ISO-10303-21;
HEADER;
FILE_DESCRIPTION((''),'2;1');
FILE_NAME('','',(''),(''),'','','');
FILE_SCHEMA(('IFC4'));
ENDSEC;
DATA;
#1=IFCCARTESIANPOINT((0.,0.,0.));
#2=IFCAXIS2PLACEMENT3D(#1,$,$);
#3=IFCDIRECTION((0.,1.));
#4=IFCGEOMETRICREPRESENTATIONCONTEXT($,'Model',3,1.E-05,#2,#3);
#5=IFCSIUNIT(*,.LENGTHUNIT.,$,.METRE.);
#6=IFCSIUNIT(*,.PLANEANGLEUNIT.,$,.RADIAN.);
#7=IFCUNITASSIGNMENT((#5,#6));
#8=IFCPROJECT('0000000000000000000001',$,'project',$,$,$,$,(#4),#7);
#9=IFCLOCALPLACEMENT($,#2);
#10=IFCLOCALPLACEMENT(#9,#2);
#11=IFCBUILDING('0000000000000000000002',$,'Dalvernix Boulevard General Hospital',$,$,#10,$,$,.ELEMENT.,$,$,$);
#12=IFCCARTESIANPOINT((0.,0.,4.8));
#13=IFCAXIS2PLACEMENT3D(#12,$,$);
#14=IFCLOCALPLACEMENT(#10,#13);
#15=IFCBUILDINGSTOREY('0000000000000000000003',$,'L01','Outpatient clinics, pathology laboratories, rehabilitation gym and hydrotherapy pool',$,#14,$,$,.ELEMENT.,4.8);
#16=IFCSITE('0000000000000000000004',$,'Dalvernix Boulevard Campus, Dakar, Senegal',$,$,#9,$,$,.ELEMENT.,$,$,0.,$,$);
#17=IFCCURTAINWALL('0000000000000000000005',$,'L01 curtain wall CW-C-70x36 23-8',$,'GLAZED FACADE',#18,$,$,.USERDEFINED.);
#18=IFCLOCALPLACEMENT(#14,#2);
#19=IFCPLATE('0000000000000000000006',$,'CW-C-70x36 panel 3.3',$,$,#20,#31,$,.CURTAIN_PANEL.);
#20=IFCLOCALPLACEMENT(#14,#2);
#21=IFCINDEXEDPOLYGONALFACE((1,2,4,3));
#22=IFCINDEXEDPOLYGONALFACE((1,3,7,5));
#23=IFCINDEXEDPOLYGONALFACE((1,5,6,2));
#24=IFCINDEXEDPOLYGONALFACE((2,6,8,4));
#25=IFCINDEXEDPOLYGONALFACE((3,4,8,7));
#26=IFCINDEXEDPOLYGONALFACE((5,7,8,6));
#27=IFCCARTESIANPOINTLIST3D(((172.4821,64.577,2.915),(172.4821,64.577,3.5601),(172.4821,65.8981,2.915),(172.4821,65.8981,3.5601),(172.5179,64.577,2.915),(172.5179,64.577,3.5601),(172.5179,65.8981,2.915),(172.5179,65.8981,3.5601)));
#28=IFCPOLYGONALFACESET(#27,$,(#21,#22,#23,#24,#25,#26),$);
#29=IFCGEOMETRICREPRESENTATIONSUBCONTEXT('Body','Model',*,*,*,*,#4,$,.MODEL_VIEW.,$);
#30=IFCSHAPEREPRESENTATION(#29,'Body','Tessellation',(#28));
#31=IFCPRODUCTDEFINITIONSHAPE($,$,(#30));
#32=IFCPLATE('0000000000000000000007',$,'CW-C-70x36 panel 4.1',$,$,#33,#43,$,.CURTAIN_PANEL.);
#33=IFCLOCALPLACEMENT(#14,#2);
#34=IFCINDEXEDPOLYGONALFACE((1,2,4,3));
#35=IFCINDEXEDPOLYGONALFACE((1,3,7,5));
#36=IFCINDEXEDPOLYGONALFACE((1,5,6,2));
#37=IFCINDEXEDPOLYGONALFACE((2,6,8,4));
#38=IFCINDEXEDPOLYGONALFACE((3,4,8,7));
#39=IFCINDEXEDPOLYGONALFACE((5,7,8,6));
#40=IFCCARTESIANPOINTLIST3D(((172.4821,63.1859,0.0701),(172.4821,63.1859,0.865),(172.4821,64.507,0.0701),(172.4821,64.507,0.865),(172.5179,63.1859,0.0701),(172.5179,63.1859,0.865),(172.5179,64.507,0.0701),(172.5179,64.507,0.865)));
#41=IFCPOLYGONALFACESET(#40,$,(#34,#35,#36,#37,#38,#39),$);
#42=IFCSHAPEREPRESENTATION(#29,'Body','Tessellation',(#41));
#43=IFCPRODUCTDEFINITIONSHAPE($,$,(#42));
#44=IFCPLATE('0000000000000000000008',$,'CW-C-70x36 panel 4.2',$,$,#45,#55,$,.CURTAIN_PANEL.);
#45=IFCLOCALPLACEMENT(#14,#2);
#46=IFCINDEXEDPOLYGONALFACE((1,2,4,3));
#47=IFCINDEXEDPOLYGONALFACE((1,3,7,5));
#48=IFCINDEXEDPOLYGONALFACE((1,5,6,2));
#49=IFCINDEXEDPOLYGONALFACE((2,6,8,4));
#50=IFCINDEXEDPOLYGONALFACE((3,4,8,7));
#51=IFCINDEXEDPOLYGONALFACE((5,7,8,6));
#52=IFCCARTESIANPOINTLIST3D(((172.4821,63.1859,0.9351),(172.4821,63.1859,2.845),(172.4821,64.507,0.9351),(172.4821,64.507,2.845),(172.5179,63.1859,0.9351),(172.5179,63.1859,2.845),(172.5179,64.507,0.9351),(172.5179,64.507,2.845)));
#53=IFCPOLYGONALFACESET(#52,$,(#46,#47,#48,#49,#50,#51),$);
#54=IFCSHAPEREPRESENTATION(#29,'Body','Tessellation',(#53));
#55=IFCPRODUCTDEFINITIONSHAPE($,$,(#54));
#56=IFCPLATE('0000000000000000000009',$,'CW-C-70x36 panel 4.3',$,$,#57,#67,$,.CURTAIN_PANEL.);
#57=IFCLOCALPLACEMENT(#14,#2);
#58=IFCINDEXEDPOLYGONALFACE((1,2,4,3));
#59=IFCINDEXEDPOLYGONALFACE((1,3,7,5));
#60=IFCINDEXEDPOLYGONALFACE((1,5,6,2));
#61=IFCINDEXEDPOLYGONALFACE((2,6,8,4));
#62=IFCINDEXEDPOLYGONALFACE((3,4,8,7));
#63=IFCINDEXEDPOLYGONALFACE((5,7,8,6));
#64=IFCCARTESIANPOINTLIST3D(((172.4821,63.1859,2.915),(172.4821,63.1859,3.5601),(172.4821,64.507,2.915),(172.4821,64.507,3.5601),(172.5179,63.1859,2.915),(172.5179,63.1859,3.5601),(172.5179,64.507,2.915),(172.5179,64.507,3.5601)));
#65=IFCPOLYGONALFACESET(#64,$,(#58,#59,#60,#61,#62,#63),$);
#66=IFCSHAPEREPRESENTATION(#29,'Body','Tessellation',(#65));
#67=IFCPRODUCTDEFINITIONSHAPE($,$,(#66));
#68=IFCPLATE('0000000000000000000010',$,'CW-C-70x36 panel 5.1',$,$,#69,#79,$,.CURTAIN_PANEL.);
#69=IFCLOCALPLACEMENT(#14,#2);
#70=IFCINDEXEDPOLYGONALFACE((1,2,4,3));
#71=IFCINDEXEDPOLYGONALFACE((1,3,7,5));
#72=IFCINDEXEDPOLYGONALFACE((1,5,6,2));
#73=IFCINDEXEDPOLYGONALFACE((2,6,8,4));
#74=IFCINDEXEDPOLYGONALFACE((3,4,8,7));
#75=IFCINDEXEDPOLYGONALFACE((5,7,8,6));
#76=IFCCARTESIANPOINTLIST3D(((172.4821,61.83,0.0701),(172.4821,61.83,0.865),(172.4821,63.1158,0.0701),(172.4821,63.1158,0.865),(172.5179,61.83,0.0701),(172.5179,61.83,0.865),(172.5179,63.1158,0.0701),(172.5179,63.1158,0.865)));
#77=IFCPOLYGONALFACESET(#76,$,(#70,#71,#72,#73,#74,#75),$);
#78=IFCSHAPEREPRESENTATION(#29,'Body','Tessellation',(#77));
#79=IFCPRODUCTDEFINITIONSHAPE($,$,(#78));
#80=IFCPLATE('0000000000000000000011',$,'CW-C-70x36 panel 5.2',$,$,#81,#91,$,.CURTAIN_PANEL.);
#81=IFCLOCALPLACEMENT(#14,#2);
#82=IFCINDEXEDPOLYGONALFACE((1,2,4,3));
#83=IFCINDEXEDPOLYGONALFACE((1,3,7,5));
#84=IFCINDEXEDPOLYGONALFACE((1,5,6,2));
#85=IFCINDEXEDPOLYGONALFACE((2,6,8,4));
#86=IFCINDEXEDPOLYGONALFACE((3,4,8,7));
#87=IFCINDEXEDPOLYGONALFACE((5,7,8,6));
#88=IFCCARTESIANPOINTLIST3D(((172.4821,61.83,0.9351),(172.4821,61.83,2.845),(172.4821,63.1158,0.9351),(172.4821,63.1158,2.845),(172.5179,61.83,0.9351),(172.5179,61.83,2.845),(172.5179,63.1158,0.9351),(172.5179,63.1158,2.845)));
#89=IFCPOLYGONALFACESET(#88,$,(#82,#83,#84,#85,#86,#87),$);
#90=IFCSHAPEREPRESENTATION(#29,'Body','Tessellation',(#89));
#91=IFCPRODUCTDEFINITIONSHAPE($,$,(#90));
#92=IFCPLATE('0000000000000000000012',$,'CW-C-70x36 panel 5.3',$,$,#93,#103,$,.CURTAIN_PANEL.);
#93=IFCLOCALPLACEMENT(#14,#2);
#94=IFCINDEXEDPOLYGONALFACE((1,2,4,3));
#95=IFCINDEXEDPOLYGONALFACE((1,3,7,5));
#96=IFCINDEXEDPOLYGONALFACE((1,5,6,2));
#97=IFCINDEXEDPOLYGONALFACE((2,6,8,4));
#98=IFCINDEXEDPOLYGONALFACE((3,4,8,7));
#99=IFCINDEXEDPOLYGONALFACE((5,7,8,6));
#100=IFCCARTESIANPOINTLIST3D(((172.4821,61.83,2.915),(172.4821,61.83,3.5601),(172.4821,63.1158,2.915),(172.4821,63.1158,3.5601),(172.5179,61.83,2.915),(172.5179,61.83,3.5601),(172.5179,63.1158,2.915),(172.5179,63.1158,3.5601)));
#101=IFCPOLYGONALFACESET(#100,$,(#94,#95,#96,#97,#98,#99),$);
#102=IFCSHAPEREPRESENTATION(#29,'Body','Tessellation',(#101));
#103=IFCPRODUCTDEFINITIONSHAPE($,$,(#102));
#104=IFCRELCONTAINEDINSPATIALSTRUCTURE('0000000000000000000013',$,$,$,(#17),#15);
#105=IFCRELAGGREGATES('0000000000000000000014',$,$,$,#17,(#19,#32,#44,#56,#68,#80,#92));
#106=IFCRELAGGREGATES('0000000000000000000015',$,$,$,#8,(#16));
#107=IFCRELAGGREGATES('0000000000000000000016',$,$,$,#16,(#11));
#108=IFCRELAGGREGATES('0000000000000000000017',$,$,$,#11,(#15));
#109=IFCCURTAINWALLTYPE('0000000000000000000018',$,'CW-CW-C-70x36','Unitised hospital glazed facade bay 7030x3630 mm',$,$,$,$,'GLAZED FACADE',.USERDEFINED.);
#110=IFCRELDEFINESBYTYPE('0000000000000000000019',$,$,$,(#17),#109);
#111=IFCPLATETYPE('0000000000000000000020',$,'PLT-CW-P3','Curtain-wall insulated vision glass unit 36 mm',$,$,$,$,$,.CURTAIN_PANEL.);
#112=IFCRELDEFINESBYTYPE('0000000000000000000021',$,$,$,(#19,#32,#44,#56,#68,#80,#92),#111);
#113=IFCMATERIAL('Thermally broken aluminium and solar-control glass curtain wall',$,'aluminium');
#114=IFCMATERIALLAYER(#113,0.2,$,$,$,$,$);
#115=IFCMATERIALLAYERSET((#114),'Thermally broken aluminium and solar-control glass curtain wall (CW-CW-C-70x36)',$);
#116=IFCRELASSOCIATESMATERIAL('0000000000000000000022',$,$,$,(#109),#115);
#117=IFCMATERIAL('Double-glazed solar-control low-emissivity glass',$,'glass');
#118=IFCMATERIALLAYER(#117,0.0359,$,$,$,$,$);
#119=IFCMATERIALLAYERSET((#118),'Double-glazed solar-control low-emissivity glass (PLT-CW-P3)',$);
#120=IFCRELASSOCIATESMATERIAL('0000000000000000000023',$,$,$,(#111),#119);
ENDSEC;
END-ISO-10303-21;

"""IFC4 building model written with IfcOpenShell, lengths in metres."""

from ifc_helpers import new_model, si_unit, direction, frame, origin, origin_2d, place, context, subcontext, project, spatial, rectangle, extrude, material, layer, layer_set, type_object, element, aggregate, save


model = new_model("IFC4")

# Units and contexts
model_context = context("Model", 3, precision=1e-05, world=origin(), true_north=direction((0.0, 1.0)))
body_context = subcontext(model_context, "Body", "Model", "MODEL_VIEW")
ifc_project = project(units=[si_unit("LENGTHUNIT", "METRE"), si_unit("PLANEANGLEUNIT", "RADIAN")], contexts=[model_context])

# Site, building, storey
site_placement = place(None, origin())
site = spatial("IfcSite", under=ifc_project, at=site_placement, Name="Dalvernix Boulevard Campus, Dakar, Senegal", CompositionType="ELEMENT", RefElevation=0.0)
building_placement = place(site_placement, origin())
building = spatial("IfcBuilding", under=site, at=building_placement, Name="Dalvernix Boulevard General Hospital", CompositionType="ELEMENT")
storey_placement = place(building_placement, frame((0.0, 0.0, 4.8)))
storey = spatial("IfcBuildingStorey", under=building, at=storey_placement, Name="L01", Description="Outpatient clinics, pathology laboratories, rehabilitation gym and hydrotherapy pool", CompositionType="ELEMENT", Elevation=4.8)

# Curtain wall, plates
ifc_material_1 = material(Name="Thermally broken aluminium and solar-control glass curtain wall", Category="aluminium")
ifc_layer_1 = layer(ifc_material_1, 0.2)
ifc_layer_set_1 = layer_set([ifc_layer_1], Name="Thermally broken aluminium and solar-control glass curtain wall (CW-CW-C-70x36)")
curtain_wall_type = type_object("IfcCurtainWallType", Name="CW-CW-C-70x36", Description="Unitised hospital glazed facade bay 7030x3630 mm", ElementType="GLAZED FACADE", PredefinedType="USERDEFINED", material=ifc_layer_set_1)
curtain_wall_placement = place(storey_placement, origin())
curtain_wall = element("IfcCurtainWall", 1, at=curtain_wall_placement, inside=storey, type_object=curtain_wall_type, Name="L01 curtain wall CW-C-70x36 23-8", ObjectType="GLAZED FACADE", PredefinedType="USERDEFINED")
ifc_material_2 = material(Name="Double-glazed solar-control low-emissivity glass", Category="glass")
ifc_layer_2 = layer(ifc_material_2, 0.0359)
ifc_layer_set_2 = layer_set([ifc_layer_2], Name="Double-glazed solar-control low-emissivity glass (PLT-CW-P3)")
plate_type = type_object("IfcPlateType", Name="PLT-CW-P3", Description="Curtain-wall insulated vision glass unit 36 mm", PredefinedType="CURTAIN_PANEL", material=ifc_layer_set_2)
plate_1_placement = place(storey_placement, frame((172.5, 65.2375, 2.915), z_axis=(0.0, 0.0, 1.0), x_axis=(0.0, -1.0, 0.0)))
plate_1 = element("IfcPlate", 2, at=plate_1_placement, type_object=plate_type, Name="CW-C-70x36 panel 3.3", PredefinedType="CURTAIN_PANEL", context=body_context, shape_type="SweptSolid", body=[
    extrude(rectangle(XDim=1.321, YDim=0.0359, at=origin_2d()), origin(), (0.0, 0.0, 1.0), 0.645),
])
plate_2_placement = place(storey_placement, frame((172.5, 63.8464, 0.0701), z_axis=(0.0, 0.0, 1.0), x_axis=(0.0, -1.0, 0.0)))
plate_2 = element("IfcPlate", 3, at=plate_2_placement, type_object=plate_type, Name="CW-C-70x36 panel 4.1", PredefinedType="CURTAIN_PANEL", context=body_context, shape_type="SweptSolid", body=[
    extrude(rectangle(XDim=1.321, YDim=0.0359, at=origin_2d()), origin(), (0.0, 0.0, 1.0), 0.7949),
])
plate_3_placement = place(storey_placement, frame((172.5, 63.8464, 0.9351), z_axis=(0.0, 0.0, 1.0), x_axis=(0.0, -1.0, 0.0)))
plate_3 = element("IfcPlate", 4, at=plate_3_placement, type_object=plate_type, Name="CW-C-70x36 panel 4.2", PredefinedType="CURTAIN_PANEL", context=body_context, shape_type="SweptSolid", body=[
    extrude(rectangle(XDim=1.321, YDim=0.0359, at=origin_2d()), origin(), (0.0, 0.0, 1.0), 1.9099),
])
plate_4_placement = place(storey_placement, frame((172.5, 63.8464, 2.915), z_axis=(0.0, 0.0, 1.0), x_axis=(0.0, -1.0, 0.0)))
plate_4 = element("IfcPlate", 5, at=plate_4_placement, type_object=plate_type, Name="CW-C-70x36 panel 4.3", PredefinedType="CURTAIN_PANEL", context=body_context, shape_type="SweptSolid", body=[
    extrude(rectangle(XDim=1.321, YDim=0.0359, at=origin_2d()), origin(), (0.0, 0.0, 1.0), 0.645),
])
plate_5_placement = place(storey_placement, frame((172.5, 62.4729, 0.0701), z_axis=(0.0, 0.0, 1.0), x_axis=(0.0, -1.0, 0.0)))
plate_5 = element("IfcPlate", 6, at=plate_5_placement, type_object=plate_type, Name="CW-C-70x36 panel 5.1", PredefinedType="CURTAIN_PANEL", context=body_context, shape_type="SweptSolid", body=[
    extrude(rectangle(XDim=1.2859, YDim=0.0359, at=origin_2d()), origin(), (0.0, 0.0, 1.0), 0.7949),
])
plate_6_placement = place(storey_placement, frame((172.5, 62.4729, 0.9351), z_axis=(0.0, 0.0, 1.0), x_axis=(0.0, -1.0, 0.0)))
plate_6 = element("IfcPlate", 7, at=plate_6_placement, type_object=plate_type, Name="CW-C-70x36 panel 5.2", PredefinedType="CURTAIN_PANEL", context=body_context, shape_type="SweptSolid", body=[
    extrude(rectangle(XDim=1.2859, YDim=0.0359, at=origin_2d()), origin(), (0.0, 0.0, 1.0), 1.9099),
])
plate_7_placement = place(storey_placement, frame((172.5, 62.4729, 2.915), z_axis=(0.0, 0.0, 1.0), x_axis=(0.0, -1.0, 0.0)))
plate_7 = element("IfcPlate", 8, at=plate_7_placement, type_object=plate_type, Name="CW-C-70x36 panel 5.3", PredefinedType="CURTAIN_PANEL", context=body_context, shape_type="SweptSolid", body=[
    extrude(rectangle(XDim=1.2859, YDim=0.0359, at=origin_2d()), origin(), (0.0, 0.0, 1.0), 0.645),
])
aggregate(curtain_wall, [plate_1, plate_2, plate_3, plate_4, plate_5, plate_6, plate_7])

save(model, "model.ifc")
